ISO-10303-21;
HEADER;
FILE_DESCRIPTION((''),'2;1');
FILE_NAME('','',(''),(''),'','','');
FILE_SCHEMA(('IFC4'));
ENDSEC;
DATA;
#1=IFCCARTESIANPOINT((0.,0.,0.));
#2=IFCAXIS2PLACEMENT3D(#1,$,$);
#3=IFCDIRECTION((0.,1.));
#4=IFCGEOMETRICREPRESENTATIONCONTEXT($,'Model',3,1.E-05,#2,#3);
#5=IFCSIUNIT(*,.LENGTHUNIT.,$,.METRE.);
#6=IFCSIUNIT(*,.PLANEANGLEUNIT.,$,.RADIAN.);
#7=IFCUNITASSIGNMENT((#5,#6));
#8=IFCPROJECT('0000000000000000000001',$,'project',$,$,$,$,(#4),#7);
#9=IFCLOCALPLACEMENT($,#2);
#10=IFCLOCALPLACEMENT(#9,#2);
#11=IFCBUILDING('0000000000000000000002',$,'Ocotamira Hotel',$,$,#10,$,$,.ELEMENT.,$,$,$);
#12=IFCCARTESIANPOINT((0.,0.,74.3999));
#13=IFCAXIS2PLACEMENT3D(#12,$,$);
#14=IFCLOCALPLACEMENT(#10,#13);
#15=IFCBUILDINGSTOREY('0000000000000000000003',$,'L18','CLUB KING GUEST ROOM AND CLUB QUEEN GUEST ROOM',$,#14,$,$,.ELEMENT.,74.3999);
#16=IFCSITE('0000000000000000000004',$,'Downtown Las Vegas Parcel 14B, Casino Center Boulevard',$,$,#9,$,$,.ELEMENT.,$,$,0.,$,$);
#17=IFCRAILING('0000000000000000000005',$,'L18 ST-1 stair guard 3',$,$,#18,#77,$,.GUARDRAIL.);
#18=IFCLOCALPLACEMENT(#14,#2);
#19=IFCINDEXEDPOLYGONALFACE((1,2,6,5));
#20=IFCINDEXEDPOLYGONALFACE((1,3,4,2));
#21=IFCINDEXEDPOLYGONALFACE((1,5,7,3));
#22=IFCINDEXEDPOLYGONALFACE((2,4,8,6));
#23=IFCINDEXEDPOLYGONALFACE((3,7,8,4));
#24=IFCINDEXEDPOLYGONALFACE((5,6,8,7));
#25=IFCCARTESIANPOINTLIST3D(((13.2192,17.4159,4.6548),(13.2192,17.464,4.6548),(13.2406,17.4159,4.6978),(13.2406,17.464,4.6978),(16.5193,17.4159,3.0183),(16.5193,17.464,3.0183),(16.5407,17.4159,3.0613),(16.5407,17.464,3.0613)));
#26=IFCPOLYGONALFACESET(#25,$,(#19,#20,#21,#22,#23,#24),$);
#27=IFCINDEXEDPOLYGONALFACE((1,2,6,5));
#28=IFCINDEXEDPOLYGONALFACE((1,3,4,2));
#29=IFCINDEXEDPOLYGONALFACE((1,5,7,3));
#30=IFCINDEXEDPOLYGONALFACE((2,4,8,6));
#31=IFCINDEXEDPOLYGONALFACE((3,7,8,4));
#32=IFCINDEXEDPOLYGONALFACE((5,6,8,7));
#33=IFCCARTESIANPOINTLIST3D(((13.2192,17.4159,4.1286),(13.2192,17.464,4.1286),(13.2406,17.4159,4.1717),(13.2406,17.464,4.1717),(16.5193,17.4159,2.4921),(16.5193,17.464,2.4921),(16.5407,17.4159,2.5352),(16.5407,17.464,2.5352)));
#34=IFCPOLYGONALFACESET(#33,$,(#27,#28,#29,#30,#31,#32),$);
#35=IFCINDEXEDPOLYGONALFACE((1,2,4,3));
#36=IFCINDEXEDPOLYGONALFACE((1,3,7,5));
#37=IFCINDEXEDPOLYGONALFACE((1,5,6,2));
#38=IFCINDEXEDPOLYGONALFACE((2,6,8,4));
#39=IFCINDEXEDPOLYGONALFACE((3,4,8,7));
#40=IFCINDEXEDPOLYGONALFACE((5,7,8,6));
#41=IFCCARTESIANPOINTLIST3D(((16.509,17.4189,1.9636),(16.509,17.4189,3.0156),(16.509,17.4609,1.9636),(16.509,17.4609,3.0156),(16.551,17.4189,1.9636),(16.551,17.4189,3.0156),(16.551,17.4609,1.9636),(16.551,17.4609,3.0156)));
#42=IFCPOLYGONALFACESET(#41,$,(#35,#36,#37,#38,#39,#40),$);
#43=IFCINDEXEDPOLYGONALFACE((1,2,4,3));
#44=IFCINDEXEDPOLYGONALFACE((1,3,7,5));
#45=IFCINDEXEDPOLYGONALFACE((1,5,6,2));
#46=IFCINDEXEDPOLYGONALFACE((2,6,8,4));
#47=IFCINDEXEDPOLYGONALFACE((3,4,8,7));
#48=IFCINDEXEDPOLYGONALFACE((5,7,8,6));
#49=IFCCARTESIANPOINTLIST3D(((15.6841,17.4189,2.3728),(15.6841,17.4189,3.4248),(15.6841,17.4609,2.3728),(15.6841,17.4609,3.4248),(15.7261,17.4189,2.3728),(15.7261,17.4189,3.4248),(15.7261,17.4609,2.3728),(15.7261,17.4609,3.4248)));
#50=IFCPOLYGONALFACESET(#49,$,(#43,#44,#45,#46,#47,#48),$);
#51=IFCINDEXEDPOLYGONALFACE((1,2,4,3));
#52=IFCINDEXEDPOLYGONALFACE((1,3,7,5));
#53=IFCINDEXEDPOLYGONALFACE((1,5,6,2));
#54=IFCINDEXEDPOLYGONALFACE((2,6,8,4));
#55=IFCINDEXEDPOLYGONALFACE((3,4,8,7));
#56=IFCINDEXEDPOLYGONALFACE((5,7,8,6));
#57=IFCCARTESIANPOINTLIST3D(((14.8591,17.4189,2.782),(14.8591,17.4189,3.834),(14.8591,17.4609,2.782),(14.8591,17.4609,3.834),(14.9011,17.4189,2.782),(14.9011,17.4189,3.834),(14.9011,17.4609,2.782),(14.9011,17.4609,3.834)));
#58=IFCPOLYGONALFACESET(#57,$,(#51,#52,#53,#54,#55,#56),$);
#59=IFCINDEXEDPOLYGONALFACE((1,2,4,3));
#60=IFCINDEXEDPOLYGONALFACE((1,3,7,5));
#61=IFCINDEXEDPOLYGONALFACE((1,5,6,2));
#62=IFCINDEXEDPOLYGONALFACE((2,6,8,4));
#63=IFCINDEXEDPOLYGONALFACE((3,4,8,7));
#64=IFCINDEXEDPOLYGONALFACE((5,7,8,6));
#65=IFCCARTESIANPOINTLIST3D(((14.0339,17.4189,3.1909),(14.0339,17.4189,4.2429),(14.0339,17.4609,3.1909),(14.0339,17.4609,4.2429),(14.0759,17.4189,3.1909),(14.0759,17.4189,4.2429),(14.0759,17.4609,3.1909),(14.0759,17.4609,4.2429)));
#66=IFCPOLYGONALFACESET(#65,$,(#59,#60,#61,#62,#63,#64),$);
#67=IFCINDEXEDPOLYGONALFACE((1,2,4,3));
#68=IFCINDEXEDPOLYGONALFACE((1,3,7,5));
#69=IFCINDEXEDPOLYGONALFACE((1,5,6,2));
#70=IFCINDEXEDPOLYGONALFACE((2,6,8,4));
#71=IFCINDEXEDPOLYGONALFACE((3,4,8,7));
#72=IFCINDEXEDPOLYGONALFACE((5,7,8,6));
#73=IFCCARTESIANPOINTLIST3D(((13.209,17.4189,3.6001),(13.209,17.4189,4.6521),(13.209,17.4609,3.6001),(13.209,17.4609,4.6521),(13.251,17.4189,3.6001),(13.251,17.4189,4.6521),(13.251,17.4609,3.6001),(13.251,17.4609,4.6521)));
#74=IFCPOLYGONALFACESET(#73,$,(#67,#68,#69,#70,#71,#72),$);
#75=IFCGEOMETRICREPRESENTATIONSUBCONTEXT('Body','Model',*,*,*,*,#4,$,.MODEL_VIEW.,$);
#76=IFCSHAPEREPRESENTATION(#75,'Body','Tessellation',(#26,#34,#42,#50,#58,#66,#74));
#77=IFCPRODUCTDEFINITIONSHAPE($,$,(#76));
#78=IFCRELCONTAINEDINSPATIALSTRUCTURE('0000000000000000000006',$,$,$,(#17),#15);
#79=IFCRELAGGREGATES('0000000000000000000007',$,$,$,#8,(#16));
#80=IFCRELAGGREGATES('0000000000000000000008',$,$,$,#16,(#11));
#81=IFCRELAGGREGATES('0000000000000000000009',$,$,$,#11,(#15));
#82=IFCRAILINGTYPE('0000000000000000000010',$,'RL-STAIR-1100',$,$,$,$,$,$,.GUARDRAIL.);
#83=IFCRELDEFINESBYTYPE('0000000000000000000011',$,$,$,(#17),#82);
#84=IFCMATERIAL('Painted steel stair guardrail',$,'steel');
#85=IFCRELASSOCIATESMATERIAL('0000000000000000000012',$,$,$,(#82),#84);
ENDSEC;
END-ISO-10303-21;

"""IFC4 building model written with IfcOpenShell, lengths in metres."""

from ifc_helpers import new_model, si_unit, direction, frame, origin, origin_2d, place, context, subcontext, project, spatial, rectangle, extrude, material, type_object, element, save


model = new_model("IFC4")

# Units and contexts
model_context = context("Model", 3, precision=1e-05, world=origin(), true_north=direction((0.0, 1.0)))
body_context = subcontext(model_context, "Body", "Model", "MODEL_VIEW")
ifc_project = project(units=[si_unit("LENGTHUNIT", "METRE"), si_unit("PLANEANGLEUNIT", "RADIAN")], contexts=[model_context])

# Site, building, storey
site_placement = place(None, origin())
site = spatial("IfcSite", under=ifc_project, at=site_placement, Name="Downtown Las Vegas Parcel 14B, Casino Center Boulevard", CompositionType="ELEMENT", RefElevation=0.0)
building_placement = place(site_placement, origin())
building = spatial("IfcBuilding", under=site, at=building_placement, Name="Ocotamira Hotel", CompositionType="ELEMENT")
storey_placement = place(building_placement, frame((0.0, 0.0, 74.3999)))
storey = spatial("IfcBuildingStorey", under=building, at=storey_placement, Name="L18", Description="CLUB KING GUEST ROOM AND CLUB QUEEN GUEST ROOM", CompositionType="ELEMENT", Elevation=74.3999)

# Railing
ifc_material_1 = material(Name="Painted steel stair guardrail", Category="steel")
railing_type_1 = type_object("IfcRailingType", Name="RL-STAIR-1100", PredefinedType="GUARDRAIL", material=ifc_material_1)
railing_1_placement = place(storey_placement, frame((16.53, 17.4399, 1.9636)))
element("IfcRailing", 1, at=railing_1_placement, inside=storey, type_object=railing_type_1, Name="L18 ST-1 stair guard 3", PredefinedType="GUARDRAIL", context=body_context, shape_type="SweptSolid", body=[
    extrude(rectangle(XDim=0.0481, YDim=0.0481, at=origin_2d()), frame((0.0, 0.0, 1.0762), z_axis=(-0.895894, 0.0, 0.444268), x_axis=(0.0, -1.0, 0.0)), (0.0, 0.0, 1.0), 3.6836),
    extrude(rectangle(XDim=0.0481, YDim=0.0481, at=origin_2d()), frame((0.0, 0.0, 0.55), z_axis=(-0.895894, 0.0, 0.444268), x_axis=(0.0, -1.0, 0.0)), (0.0, 0.0, 1.0), 3.6836),
    extrude(rectangle(XDim=0.042, YDim=0.042, at=origin_2d()), origin(), (0.0, 0.0, 1.0), 1.052),
    extrude(rectangle(XDim=0.042, YDim=0.042, at=origin_2d()), frame((-0.825, 0.0, 0.4092)), (0.0, 0.0, 1.0), 1.052),
    extrude(rectangle(XDim=0.042, YDim=0.042, at=origin_2d()), frame((-1.6499, 0.0, 0.8184)), (0.0, 0.0, 1.0), 1.052),
    extrude(rectangle(XDim=0.042, YDim=0.042, at=origin_2d()), frame((-2.4751, 0.0, 1.2273)), (0.0, 0.0, 1.0), 1.052),
    extrude(rectangle(XDim=0.042, YDim=0.042, at=origin_2d()), frame((-3.3, 0.0, 1.6365)), (0.0, 0.0, 1.0), 1.052),
])

save(model, "model.ifc")
